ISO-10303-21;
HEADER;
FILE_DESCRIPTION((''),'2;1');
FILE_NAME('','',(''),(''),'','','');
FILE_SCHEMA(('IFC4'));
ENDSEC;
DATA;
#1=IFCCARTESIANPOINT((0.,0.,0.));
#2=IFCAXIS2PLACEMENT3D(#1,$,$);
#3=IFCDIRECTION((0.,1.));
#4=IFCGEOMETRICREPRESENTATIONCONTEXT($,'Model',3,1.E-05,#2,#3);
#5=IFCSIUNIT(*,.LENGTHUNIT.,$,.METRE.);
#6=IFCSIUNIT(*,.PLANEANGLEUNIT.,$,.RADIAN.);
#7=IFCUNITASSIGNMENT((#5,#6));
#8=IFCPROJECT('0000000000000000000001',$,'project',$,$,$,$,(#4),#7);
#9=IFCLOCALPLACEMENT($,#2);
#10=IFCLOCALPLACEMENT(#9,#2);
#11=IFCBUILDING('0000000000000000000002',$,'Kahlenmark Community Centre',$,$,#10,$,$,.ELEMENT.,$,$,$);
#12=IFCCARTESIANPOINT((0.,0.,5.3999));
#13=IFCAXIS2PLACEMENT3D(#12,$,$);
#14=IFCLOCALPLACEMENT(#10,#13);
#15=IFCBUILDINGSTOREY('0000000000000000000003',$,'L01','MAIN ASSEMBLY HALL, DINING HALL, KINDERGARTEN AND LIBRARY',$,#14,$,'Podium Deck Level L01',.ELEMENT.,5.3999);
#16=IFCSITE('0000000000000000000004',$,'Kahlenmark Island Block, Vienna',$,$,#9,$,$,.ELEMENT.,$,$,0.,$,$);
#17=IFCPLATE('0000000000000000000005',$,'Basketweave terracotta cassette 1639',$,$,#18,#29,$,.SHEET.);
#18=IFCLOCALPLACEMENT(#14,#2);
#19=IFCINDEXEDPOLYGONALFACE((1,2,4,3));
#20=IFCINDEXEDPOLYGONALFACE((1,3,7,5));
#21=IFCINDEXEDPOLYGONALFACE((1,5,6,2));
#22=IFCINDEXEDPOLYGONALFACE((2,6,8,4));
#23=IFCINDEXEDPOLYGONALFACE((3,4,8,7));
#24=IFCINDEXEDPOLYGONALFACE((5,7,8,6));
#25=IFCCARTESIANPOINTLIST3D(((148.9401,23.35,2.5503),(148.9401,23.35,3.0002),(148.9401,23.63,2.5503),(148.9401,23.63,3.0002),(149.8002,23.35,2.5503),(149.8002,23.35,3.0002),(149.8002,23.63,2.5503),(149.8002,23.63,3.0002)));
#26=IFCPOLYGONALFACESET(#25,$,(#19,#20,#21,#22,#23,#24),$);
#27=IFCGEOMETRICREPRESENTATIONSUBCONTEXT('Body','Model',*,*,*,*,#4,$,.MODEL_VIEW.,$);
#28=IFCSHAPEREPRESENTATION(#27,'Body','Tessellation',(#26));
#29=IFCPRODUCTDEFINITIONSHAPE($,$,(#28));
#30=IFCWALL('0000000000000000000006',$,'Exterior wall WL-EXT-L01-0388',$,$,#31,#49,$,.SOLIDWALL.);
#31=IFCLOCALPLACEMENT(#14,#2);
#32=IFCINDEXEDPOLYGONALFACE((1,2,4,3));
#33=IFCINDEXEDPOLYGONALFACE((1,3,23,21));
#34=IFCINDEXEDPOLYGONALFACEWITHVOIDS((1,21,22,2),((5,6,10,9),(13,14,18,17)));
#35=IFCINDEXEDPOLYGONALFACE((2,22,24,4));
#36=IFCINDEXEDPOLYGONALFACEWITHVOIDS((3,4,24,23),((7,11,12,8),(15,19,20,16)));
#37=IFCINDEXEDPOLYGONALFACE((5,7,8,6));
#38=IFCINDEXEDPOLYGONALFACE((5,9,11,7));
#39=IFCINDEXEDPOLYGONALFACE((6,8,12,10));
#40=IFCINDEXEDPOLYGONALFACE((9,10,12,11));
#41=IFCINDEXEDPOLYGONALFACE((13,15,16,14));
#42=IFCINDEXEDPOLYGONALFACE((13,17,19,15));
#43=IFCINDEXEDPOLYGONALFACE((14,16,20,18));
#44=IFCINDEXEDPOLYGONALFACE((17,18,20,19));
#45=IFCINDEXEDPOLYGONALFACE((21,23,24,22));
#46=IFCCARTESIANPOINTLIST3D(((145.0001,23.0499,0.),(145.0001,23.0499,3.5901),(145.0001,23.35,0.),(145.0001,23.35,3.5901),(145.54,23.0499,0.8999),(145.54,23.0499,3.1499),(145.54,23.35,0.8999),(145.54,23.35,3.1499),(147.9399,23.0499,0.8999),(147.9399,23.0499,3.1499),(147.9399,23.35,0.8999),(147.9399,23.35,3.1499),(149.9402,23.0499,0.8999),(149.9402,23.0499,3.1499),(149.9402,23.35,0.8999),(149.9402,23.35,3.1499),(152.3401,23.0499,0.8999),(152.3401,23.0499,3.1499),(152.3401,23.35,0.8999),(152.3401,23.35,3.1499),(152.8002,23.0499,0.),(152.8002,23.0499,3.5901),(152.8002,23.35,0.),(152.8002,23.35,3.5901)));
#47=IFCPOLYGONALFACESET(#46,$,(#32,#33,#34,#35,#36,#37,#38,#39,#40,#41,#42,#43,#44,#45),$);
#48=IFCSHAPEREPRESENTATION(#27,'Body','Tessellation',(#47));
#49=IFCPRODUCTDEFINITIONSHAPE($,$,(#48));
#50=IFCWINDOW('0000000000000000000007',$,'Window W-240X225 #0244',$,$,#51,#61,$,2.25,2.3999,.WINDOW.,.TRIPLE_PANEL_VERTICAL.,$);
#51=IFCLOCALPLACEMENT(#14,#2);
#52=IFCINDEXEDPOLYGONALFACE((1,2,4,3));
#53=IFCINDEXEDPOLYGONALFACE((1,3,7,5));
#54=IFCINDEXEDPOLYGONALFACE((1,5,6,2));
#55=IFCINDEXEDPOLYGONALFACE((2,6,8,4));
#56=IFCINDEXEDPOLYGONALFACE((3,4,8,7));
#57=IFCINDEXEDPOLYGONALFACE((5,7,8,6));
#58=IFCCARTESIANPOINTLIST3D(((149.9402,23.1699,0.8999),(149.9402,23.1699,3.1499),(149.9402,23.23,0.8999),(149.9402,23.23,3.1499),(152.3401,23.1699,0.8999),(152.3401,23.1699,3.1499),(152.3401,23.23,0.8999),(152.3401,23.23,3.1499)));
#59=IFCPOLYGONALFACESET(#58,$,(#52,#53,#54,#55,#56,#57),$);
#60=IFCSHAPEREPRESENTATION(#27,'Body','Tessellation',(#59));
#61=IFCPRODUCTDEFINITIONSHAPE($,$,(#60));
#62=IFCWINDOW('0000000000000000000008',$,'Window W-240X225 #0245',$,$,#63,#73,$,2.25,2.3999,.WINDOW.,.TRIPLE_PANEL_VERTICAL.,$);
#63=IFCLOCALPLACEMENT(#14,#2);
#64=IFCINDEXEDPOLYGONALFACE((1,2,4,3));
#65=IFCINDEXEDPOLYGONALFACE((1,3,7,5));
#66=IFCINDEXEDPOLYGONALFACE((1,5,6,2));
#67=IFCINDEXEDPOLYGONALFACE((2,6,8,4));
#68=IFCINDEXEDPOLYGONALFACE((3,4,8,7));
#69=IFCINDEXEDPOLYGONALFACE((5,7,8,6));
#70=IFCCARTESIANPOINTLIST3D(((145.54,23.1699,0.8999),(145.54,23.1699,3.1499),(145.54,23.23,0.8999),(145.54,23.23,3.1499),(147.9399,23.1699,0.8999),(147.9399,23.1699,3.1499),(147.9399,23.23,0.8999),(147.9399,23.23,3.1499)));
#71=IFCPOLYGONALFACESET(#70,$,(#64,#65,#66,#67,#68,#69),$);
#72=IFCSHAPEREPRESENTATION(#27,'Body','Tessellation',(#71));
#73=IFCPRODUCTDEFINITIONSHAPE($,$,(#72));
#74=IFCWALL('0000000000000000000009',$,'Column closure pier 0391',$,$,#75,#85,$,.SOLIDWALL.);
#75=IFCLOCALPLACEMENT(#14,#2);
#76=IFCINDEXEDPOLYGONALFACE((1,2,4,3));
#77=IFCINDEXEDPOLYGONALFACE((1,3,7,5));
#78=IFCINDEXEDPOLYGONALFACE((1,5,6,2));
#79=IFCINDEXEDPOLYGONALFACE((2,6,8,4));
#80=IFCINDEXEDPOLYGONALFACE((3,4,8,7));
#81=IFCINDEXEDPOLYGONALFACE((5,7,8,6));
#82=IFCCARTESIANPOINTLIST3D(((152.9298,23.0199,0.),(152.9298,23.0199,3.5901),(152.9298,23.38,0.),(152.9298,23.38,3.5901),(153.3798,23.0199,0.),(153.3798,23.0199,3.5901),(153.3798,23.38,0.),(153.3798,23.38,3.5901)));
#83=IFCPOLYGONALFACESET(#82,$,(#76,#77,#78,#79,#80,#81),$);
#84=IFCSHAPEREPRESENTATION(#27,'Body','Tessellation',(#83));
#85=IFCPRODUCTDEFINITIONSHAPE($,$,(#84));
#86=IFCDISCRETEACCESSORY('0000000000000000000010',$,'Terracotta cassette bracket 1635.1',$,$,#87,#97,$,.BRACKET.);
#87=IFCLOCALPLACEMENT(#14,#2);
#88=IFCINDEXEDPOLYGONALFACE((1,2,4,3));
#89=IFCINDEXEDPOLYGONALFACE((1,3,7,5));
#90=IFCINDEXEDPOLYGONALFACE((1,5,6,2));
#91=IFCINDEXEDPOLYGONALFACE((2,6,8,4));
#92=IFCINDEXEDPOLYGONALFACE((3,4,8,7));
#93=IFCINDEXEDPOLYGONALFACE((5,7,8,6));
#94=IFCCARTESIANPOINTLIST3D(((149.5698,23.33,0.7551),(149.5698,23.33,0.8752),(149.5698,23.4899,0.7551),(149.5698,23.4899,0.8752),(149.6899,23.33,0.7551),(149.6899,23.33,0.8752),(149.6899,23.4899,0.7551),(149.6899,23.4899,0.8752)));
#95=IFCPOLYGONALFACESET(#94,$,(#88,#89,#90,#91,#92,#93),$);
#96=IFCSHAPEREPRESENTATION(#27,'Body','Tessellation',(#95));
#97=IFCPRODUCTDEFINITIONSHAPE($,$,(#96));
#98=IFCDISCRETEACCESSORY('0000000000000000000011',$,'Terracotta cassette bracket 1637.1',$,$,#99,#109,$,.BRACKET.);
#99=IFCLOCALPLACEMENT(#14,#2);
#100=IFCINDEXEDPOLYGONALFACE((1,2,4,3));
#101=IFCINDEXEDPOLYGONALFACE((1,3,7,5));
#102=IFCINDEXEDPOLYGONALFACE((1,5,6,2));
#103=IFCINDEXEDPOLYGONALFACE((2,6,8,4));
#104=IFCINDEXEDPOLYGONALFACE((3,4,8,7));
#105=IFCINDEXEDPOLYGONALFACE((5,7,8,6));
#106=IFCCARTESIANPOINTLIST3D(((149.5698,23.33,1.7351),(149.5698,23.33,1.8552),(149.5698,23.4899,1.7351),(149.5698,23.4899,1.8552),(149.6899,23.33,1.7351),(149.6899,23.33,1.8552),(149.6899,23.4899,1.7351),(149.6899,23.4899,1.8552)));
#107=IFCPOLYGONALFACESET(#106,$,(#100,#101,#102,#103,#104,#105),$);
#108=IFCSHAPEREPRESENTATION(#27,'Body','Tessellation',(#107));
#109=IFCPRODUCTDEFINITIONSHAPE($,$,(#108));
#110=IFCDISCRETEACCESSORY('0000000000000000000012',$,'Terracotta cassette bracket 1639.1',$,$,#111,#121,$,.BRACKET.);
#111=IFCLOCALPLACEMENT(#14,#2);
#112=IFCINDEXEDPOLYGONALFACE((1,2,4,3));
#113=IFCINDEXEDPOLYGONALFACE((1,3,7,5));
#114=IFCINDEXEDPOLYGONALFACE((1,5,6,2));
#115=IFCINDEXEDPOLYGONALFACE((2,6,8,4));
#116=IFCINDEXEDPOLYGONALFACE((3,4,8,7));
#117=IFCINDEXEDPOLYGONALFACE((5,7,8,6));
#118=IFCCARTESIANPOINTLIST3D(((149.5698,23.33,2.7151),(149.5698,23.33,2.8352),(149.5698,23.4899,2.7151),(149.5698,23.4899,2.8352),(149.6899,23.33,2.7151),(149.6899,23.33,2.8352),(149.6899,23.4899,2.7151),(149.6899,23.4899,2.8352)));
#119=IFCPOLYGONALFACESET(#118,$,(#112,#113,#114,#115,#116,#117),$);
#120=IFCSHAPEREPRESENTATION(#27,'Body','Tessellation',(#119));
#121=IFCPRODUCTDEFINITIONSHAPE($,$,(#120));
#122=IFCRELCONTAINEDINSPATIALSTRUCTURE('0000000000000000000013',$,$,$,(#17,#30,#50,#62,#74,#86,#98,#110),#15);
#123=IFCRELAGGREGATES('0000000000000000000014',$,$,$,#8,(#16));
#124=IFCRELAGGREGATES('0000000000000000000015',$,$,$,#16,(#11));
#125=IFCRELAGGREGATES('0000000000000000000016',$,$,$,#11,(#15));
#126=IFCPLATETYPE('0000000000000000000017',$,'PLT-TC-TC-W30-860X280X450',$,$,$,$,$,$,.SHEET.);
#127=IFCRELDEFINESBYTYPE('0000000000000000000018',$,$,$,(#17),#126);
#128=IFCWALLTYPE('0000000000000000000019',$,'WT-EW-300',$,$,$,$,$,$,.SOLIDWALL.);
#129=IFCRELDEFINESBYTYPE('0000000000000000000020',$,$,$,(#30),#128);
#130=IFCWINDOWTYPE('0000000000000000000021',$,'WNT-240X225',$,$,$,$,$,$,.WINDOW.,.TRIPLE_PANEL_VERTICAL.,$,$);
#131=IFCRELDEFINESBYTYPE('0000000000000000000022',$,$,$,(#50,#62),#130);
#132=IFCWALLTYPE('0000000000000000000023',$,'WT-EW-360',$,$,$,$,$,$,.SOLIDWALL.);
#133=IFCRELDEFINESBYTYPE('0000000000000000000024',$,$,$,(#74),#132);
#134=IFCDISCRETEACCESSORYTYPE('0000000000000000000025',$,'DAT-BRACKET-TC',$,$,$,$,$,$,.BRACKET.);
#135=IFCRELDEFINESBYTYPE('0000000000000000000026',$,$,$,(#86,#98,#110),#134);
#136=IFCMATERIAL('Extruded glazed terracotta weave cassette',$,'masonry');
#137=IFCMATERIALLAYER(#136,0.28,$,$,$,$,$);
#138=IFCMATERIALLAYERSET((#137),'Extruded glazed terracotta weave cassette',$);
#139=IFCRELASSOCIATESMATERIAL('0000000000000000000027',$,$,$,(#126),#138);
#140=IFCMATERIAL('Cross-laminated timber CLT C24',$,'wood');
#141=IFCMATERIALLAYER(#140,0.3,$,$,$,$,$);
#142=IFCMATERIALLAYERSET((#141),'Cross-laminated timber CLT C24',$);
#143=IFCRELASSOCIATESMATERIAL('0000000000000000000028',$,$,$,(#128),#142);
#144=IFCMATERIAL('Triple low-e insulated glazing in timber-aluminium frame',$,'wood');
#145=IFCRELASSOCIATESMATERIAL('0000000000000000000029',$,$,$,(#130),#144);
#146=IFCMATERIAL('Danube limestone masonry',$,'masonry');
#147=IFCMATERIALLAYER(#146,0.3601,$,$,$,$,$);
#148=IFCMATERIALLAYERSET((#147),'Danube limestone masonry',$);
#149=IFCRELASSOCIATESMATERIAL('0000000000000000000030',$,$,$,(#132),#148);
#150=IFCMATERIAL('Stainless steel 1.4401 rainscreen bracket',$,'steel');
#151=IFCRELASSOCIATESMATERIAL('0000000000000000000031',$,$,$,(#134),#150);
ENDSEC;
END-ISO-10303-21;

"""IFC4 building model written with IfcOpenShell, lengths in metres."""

from ifc_helpers import new_model, si_unit, direction, frame, frame_2d, origin, origin_2d, place, context, subcontext, project, spatial, rectangle, extrude, material, layer, layer_set, type_object, element, fill, save


model = new_model("IFC4")

# Units and contexts
model_context = context("Model", 3, precision=1e-05, world=origin(), true_north=direction((0.0, 1.0)))
body_context = subcontext(model_context, "Body", "Model", "MODEL_VIEW")
ifc_project = project(units=[si_unit("LENGTHUNIT", "METRE"), si_unit("PLANEANGLEUNIT", "RADIAN")], contexts=[model_context])

# Site, building, storey
site_placement = place(None, origin())
site = spatial("IfcSite", under=ifc_project, at=site_placement, Name="Kahlenmark Island Block, Vienna", CompositionType="ELEMENT", RefElevation=0.0)
building_placement = place(site_placement, origin())
building = spatial("IfcBuilding", under=site, at=building_placement, Name="Kahlenmark Community Centre", CompositionType="ELEMENT")
storey_placement = place(building_placement, frame((0.0, 0.0, 5.3999)))
storey = spatial("IfcBuildingStorey", under=building, at=storey_placement, Name="L01", Description="MAIN ASSEMBLY HALL, DINING HALL, KINDERGARTEN AND LIBRARY", LongName="Podium Deck Level L01", CompositionType="ELEMENT", Elevation=5.3999)

# Plate
ifc_material_1 = material(Name="Extruded glazed terracotta weave cassette", Category="masonry")
ifc_layer_1 = layer(ifc_material_1, 0.28)
ifc_layer_set_1 = layer_set([ifc_layer_1], Name="Extruded glazed terracotta weave cassette")
plate_type_1 = type_object("IfcPlateType", Name="PLT-TC-TC-W30-860X280X450", PredefinedType="SHEET", material=ifc_layer_set_1)
plate_1_placement = place(storey_placement, frame((149.3701, 23.49, 2.5503), z_axis=(0.0, 0.0, 1.0), x_axis=(-1.0, 0.0, 0.0)))
element("IfcPlate", 1, at=plate_1_placement, inside=storey, type_object=plate_type_1, Name="Basketweave terracotta cassette 1639", PredefinedType="SHEET", context=body_context, shape_type="SweptSolid", body=[
    extrude(rectangle(XDim=0.8601, YDim=0.28, at=origin_2d()), origin(), (0.0, 0.0, 1.0), 0.45),
])

# Wall, openings, windows
ifc_material_2 = material(Name="Cross-laminated timber CLT C24", Category="wood")
ifc_layer_2 = layer(ifc_material_2, 0.3)
ifc_layer_set_2 = layer_set([ifc_layer_2], Name="Cross-laminated timber CLT C24")
wall_type_1 = type_object("IfcWallType", Name="WT-EW-300", PredefinedType="SOLIDWALL", material=ifc_layer_set_2)
wall_1_placement = place(storey_placement, frame((152.8, 23.2, 0.0), z_axis=(0.0, 0.0, 1.0), x_axis=(-1.0, 0.0, 0.0)))
wall_1 = element("IfcWall", 2, at=wall_1_placement, inside=storey, type_object=wall_type_1, Name="Exterior wall WL-EXT-L01-0388", PredefinedType="SOLIDWALL", context=body_context, shape_type="SweptSolid", body=[
    extrude(rectangle(XDim=7.8, YDim=0.3, at=frame_2d((3.8999, 0.0))), origin(), (0.0, 0.0, 1.0), 3.5901),
])
opening_1_placement = place(wall_1_placement, frame((0.46, 0.0, 0.8999)))
opening_1 = element("IfcOpeningElement", 3, at=opening_1_placement, cuts=wall_1, PredefinedType="OPENING", context=body_context, shape_type="SweptSolid", body=[
    extrude(rectangle(XDim=2.3999, YDim=2.25, at=frame_2d((1.2, 1.125))), frame((0.0, 0.1599, 0.0), z_axis=(0.0, -1.0, 0.0), x_axis=(1.0, 0.0, 0.0)), (0.0, 0.0, 1.0), 0.3201),
])
opening_2_placement = place(wall_1_placement, frame((4.8601, 0.0, 0.8999)))
opening_2 = element("IfcOpeningElement", 4, at=opening_2_placement, cuts=wall_1, PredefinedType="OPENING", context=body_context, shape_type="SweptSolid", body=[
    extrude(rectangle(XDim=2.3999, YDim=2.25, at=frame_2d((1.2, 1.125))), frame((0.0, 0.1599, 0.0), z_axis=(0.0, -1.0, 0.0), x_axis=(1.0, 0.0, 0.0)), (0.0, 0.0, 1.0), 0.3201),
])
ifc_material_3 = material(Name="Triple low-e insulated glazing in timber-aluminium frame", Category="wood")
window_type = type_object("IfcWindowType", Name="WNT-240X225", PartitioningType="TRIPLE_PANEL_VERTICAL", PredefinedType="WINDOW", material=ifc_material_3)
window_1_placement = place(opening_1_placement, origin())
window_1 = element("IfcWindow", 5, at=window_1_placement, inside=storey, type_object=window_type, Name="Window W-240X225 #0244", OverallHeight=2.25, OverallWidth=2.3999, PartitioningType="TRIPLE_PANEL_VERTICAL", PredefinedType="WINDOW", context=body_context, shape_type="SweptSolid", body=[
    extrude(rectangle(XDim=2.3999, YDim=2.25, at=frame_2d((1.2, 1.125))), frame((0.0, 0.03, 0.0), z_axis=(0.0, -1.0, 0.0), x_axis=(1.0, 0.0, 0.0)), (0.0, 0.0, 1.0), 0.0601),
])
fill(opening_1, window_1)
window_2_placement = place(opening_2_placement, origin())
window_2 = element("IfcWindow", 6, at=window_2_placement, inside=storey, type_object=window_type, Name="Window W-240X225 #0245", OverallHeight=2.25, OverallWidth=2.3999, PartitioningType="TRIPLE_PANEL_VERTICAL", PredefinedType="WINDOW", context=body_context, shape_type="SweptSolid", body=[
    extrude(rectangle(XDim=2.3999, YDim=2.25, at=frame_2d((1.2, 1.125))), frame((0.0, 0.03, 0.0), z_axis=(0.0, -1.0, 0.0), x_axis=(1.0, 0.0, 0.0)), (0.0, 0.0, 1.0), 0.0601),
])
fill(opening_2, window_2)

# Wall
ifc_material_4 = material(Name="Danube limestone masonry", Category="masonry")
ifc_layer_3 = layer(ifc_material_4, 0.3601)
ifc_layer_set_3 = layer_set([ifc_layer_3], Name="Danube limestone masonry")
wall_type_2 = type_object("IfcWallType", Name="WT-EW-360", PredefinedType="SOLIDWALL", material=ifc_layer_set_3)
wall_2_placement = place(storey_placement, frame((153.3799, 23.2, 0.0), z_axis=(0.0, 0.0, 1.0), x_axis=(-1.0, 0.0, 0.0)))
element("IfcWall", 7, at=wall_2_placement, inside=storey, type_object=wall_type_2, Name="Column closure pier 0391", PredefinedType="SOLIDWALL", context=body_context, shape_type="SweptSolid", body=[
    extrude(rectangle(XDim=0.45, YDim=0.3601, at=frame_2d((0.2251, 0.0))), origin(), (0.0, 0.0, 1.0), 3.5901),
])

# Discrete accessories
ifc_material_5 = material(Name="Stainless steel 1.4401 rainscreen bracket", Category="steel")
discrete_accessory_type = type_object("IfcDiscreteAccessoryType", Name="DAT-BRACKET-TC", PredefinedType="BRACKET", material=ifc_material_5)
for number, where, z_axis, x_axis, name in (
    (8, (149.6299, 23.4099, 0.7551), (0.0, 0.0, 1.0), (-1.0, 0.0, 0.0), "Terracotta cassette bracket 1635.1"),
    (9, (149.6299, 23.4099, 1.7351), (0.0, 0.0, 1.0), (-1.0, 0.0, 0.0), "Terracotta cassette bracket 1637.1"),
    (10, (149.6299, 23.4099, 2.7151), (0.0, 0.0, 1.0), (-1.0, 0.0, 0.0), "Terracotta cassette bracket 1639.1"),
):
    element("IfcDiscreteAccessory", number, at=place(storey_placement, frame(where, z_axis=z_axis, x_axis=x_axis)), inside=storey, type_object=discrete_accessory_type, Name=name, PredefinedType="BRACKET", context=body_context, shape_type="SweptSolid", body=[
        extrude(rectangle(XDim=0.1201, YDim=0.1599, at=origin_2d()), origin(), (0.0, 0.0, 1.0), 0.1201),
    ])

save(model, "model.ifc")
